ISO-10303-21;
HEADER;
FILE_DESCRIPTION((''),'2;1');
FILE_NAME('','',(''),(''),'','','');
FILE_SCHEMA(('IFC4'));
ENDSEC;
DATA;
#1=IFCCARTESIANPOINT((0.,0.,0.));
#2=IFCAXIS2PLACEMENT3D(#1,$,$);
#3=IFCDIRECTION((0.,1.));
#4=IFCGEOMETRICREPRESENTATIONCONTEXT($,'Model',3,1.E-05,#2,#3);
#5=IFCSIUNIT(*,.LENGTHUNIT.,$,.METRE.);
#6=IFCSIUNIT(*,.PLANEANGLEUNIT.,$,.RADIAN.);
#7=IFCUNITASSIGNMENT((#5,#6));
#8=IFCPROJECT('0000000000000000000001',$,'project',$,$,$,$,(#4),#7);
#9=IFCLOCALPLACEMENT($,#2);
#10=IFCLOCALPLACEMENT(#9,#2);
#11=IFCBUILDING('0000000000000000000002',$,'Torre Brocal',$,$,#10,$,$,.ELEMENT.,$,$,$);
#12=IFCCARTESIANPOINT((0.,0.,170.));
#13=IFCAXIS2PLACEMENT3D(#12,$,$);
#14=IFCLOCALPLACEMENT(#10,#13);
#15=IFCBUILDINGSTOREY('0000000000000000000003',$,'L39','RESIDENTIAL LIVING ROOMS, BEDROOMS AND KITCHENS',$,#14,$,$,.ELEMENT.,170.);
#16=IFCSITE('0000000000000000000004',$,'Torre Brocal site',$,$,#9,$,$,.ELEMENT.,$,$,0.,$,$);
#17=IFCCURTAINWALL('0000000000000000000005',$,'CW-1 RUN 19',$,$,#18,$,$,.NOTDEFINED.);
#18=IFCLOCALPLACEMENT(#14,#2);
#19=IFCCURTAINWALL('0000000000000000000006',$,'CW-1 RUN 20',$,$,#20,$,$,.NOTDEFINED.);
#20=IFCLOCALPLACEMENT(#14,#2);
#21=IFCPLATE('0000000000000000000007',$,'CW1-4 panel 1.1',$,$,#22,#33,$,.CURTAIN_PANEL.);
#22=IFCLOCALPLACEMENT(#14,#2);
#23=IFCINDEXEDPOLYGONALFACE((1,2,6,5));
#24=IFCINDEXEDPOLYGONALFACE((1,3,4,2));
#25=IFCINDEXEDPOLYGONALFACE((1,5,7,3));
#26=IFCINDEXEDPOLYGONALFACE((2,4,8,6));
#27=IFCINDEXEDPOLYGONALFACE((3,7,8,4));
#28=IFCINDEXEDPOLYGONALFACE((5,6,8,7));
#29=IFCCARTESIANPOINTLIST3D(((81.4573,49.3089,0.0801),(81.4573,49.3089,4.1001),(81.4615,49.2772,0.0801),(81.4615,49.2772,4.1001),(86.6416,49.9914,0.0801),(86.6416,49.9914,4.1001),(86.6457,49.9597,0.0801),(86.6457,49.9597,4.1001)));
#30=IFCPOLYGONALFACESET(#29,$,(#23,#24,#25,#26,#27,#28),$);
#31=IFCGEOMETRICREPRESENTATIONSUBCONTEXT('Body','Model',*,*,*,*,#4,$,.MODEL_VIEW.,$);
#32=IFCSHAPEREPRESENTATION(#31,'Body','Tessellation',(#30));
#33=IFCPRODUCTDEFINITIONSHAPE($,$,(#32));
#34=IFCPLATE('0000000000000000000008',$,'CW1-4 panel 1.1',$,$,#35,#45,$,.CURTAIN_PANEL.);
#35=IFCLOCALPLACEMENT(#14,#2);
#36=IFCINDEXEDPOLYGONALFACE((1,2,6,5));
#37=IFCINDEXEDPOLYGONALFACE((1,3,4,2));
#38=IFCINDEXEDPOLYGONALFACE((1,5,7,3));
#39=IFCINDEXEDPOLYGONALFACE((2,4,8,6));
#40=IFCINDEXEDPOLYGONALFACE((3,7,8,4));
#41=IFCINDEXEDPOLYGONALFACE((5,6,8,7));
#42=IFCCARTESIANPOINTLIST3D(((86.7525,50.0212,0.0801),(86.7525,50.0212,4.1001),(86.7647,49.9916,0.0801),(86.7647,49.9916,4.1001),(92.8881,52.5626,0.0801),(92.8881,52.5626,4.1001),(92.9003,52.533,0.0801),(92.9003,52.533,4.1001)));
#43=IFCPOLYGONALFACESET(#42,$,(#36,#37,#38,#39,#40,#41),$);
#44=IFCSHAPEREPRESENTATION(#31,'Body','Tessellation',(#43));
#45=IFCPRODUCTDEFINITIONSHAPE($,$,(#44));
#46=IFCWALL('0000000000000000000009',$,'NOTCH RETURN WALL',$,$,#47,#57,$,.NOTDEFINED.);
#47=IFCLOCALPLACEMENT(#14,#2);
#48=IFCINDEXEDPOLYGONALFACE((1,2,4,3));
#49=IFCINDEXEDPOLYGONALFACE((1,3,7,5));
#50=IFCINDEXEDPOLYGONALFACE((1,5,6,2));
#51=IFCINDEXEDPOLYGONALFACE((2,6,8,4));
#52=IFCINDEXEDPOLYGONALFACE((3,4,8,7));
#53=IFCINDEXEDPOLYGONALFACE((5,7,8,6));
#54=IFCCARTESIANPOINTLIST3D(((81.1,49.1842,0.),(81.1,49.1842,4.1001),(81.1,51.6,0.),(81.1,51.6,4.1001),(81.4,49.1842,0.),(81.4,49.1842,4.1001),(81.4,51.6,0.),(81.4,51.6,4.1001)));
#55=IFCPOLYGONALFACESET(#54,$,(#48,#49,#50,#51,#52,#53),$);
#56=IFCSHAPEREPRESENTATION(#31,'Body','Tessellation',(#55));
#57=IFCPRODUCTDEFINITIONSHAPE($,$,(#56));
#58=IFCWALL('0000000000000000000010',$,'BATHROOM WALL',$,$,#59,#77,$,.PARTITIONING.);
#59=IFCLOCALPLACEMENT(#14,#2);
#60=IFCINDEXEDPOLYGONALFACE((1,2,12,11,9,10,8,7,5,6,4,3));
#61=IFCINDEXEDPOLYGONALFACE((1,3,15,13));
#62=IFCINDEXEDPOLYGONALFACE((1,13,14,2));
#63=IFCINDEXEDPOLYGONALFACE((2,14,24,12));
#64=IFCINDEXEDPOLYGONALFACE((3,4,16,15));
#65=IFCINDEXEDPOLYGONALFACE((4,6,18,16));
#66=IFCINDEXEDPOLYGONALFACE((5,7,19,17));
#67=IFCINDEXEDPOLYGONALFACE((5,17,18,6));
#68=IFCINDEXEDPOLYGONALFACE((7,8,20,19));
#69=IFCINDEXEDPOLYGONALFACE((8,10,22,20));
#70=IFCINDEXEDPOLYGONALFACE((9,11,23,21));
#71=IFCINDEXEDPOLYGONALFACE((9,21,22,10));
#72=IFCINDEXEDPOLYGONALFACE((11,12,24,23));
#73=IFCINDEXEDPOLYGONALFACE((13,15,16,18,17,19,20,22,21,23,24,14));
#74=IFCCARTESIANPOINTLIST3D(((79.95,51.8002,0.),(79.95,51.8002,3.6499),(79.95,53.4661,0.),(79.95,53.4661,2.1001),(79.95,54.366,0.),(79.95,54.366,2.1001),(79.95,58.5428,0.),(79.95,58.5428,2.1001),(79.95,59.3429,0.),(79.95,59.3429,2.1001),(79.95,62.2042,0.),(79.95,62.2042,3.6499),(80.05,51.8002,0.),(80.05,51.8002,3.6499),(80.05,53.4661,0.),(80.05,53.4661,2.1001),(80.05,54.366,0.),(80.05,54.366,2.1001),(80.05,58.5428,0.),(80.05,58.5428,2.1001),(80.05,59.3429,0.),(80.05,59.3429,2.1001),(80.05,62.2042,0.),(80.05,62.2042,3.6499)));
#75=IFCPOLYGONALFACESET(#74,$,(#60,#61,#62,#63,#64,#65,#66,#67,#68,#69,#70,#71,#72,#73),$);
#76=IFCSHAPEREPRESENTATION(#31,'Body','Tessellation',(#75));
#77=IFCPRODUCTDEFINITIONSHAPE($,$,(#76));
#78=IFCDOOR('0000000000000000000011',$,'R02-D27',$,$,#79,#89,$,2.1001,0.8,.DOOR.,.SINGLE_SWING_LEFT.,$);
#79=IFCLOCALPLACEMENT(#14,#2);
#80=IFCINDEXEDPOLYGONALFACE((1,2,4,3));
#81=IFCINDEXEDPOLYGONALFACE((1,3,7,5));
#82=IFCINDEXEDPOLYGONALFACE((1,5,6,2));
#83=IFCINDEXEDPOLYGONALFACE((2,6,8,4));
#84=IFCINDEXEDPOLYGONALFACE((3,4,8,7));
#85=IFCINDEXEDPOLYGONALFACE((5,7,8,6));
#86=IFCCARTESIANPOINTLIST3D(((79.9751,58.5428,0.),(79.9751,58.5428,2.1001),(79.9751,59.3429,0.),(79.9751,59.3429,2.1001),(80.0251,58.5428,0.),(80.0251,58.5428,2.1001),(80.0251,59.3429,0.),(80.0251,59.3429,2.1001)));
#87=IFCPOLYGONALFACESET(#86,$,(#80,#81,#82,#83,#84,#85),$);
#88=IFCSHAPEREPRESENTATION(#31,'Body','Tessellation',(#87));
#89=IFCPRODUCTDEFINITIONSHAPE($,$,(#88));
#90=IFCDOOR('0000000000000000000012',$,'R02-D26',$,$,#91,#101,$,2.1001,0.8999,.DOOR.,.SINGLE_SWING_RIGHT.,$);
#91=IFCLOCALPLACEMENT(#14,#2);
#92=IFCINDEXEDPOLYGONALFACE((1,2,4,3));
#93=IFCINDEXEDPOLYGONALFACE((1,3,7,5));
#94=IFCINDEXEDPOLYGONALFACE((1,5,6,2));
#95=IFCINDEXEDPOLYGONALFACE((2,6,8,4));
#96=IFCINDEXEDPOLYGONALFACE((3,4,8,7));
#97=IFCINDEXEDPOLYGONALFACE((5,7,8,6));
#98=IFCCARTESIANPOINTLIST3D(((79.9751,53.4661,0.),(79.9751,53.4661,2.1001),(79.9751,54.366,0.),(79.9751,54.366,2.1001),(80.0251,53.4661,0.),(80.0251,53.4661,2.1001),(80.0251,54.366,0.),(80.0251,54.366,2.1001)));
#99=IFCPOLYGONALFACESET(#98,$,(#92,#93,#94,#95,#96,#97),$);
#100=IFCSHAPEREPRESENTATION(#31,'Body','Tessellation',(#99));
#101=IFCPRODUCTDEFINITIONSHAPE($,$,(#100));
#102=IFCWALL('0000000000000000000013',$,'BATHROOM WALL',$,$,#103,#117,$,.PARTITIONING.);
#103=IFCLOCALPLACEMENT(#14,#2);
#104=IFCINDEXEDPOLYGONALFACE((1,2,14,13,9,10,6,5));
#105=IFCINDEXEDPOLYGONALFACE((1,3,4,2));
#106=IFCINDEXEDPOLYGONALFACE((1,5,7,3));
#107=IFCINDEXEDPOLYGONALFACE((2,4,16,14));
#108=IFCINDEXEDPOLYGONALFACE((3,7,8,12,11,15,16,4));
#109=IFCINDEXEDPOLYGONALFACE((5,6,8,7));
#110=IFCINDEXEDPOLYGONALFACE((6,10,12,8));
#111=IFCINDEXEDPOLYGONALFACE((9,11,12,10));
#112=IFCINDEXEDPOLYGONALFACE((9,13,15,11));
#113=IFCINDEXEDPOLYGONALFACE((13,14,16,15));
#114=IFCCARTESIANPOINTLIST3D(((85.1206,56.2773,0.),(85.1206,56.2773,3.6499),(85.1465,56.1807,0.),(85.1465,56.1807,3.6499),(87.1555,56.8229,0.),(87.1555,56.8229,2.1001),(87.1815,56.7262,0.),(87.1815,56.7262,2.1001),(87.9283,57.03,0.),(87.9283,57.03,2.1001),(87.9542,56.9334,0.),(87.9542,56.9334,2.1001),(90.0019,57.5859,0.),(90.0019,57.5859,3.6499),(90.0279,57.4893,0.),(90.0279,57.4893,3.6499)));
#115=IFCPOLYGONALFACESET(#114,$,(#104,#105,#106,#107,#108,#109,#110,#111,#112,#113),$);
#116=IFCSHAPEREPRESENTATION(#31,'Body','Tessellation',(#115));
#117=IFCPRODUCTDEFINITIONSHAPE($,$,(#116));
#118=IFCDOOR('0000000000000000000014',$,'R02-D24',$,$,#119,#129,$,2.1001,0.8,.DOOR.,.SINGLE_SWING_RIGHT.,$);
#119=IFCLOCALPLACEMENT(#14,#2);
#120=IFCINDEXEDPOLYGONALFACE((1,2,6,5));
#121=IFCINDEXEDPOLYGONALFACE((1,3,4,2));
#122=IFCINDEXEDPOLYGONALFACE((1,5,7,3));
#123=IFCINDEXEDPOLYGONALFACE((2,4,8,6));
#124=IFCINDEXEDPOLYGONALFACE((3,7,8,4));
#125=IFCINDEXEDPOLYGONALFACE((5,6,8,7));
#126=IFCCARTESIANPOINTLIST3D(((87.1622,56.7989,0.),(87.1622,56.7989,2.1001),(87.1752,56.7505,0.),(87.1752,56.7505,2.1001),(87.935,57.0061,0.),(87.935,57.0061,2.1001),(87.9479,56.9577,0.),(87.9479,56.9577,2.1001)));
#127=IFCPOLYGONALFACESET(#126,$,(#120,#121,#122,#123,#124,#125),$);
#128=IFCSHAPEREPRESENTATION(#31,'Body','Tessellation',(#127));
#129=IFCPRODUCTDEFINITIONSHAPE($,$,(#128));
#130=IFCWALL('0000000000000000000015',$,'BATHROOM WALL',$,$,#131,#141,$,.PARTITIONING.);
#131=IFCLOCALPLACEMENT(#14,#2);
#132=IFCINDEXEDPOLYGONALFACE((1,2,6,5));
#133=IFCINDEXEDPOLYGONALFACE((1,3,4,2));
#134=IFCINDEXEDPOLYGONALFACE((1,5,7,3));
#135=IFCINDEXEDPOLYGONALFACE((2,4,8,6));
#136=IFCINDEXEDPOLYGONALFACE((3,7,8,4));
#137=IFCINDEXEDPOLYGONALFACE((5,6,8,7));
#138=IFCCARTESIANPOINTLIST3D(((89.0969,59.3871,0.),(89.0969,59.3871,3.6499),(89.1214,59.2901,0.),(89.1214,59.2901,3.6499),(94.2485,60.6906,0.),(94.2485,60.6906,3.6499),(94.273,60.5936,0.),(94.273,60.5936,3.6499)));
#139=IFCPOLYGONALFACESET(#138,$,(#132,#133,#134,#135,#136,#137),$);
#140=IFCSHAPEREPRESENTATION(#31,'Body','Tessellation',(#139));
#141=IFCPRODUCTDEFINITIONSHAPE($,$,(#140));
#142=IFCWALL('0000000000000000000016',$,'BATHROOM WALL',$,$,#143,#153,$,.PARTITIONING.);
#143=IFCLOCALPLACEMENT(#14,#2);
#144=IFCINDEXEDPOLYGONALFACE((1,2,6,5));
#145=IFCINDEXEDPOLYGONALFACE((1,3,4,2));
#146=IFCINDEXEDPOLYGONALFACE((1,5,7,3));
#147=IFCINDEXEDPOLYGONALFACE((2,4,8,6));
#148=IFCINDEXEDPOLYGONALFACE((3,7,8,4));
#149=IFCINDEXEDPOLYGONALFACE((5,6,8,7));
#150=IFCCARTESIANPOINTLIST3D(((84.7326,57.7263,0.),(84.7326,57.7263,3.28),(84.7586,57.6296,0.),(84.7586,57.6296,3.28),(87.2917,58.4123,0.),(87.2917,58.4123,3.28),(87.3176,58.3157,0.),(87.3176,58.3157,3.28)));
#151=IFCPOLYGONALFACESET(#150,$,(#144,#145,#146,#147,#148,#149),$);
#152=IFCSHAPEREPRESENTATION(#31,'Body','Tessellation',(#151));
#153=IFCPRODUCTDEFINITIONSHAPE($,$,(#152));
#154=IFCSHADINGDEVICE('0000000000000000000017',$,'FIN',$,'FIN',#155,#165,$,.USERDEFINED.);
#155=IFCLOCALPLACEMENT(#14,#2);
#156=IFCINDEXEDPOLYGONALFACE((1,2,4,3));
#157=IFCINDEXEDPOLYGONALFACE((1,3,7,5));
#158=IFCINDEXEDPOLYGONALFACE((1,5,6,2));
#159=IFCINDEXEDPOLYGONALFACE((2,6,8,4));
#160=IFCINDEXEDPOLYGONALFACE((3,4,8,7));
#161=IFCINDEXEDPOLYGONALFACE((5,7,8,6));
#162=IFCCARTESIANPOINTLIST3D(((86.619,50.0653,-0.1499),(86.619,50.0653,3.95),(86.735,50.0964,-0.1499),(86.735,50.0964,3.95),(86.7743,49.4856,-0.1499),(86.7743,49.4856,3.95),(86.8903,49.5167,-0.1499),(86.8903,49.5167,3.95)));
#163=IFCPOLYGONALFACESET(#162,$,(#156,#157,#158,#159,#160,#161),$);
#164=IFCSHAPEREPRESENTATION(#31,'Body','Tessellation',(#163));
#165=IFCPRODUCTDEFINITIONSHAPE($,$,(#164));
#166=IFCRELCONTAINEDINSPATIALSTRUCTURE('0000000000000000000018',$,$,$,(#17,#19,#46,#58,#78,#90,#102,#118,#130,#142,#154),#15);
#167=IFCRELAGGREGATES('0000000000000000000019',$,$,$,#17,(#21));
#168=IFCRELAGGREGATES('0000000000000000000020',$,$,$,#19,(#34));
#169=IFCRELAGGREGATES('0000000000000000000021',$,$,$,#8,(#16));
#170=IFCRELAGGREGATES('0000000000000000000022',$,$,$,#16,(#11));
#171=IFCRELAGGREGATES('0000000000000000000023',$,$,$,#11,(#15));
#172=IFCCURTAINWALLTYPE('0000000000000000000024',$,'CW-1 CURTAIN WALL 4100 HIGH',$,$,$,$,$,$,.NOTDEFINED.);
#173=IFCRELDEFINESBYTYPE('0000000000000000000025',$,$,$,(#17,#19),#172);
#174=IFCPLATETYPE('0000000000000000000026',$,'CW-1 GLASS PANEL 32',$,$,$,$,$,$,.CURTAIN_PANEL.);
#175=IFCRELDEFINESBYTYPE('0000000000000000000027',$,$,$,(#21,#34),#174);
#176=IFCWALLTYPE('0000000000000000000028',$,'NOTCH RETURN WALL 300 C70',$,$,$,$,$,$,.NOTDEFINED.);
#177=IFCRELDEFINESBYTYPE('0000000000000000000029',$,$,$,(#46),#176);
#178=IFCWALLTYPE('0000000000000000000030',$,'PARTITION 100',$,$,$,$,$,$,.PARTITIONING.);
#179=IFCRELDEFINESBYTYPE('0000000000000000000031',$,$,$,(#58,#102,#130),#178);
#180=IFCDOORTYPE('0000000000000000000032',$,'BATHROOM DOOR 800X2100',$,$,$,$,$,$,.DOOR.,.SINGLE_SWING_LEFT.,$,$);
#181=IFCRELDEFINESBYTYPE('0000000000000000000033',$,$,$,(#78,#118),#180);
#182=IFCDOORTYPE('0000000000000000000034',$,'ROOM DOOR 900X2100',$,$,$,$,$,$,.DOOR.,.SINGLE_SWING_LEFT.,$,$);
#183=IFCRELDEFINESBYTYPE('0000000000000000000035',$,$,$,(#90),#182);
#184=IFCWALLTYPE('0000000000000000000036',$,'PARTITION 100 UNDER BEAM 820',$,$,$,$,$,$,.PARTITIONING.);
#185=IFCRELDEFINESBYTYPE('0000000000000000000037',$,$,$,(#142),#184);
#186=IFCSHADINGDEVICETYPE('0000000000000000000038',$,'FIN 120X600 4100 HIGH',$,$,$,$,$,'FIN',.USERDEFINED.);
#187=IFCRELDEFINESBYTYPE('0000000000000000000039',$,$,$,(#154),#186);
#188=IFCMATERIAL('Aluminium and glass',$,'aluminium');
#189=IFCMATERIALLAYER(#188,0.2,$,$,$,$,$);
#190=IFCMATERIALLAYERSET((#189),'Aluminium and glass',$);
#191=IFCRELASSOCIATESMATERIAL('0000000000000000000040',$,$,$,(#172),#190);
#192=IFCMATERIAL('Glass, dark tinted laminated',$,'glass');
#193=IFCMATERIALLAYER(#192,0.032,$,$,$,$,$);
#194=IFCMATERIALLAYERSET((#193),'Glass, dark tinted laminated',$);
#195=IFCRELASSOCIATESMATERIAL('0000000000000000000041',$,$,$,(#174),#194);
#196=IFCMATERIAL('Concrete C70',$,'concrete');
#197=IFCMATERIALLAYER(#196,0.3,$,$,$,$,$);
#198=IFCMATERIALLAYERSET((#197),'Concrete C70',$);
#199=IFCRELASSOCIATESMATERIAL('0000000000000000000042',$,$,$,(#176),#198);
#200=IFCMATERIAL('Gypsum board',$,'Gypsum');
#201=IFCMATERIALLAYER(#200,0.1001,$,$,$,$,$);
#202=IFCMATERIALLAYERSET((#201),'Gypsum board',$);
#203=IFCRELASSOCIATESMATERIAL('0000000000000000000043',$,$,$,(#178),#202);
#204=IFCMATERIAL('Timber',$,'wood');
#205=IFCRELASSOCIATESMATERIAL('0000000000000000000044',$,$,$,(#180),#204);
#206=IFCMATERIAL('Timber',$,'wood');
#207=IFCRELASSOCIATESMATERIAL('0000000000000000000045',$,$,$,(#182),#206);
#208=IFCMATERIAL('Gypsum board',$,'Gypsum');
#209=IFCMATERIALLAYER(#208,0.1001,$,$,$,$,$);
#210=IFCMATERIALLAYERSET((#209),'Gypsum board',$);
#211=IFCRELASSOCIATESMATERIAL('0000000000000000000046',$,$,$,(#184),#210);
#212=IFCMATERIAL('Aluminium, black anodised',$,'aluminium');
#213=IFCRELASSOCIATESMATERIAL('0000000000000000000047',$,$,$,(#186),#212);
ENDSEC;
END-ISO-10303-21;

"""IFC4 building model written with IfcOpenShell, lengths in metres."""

from ifc_helpers import new_model, si_unit, direction, frame, frame_2d, origin, origin_2d, place, context, subcontext, project, spatial, rectangle, extrude, material, layer, layer_set, material_profile, profile_set, type_object, element, fill, aggregate, save


model = new_model("IFC4")

# Units and contexts
model_context = context("Model", 3, precision=1e-05, world=origin(), true_north=direction((0.0, 1.0)))
body_context = subcontext(model_context, "Body", "Model", "MODEL_VIEW")
ifc_project = project(units=[si_unit("LENGTHUNIT", "METRE"), si_unit("PLANEANGLEUNIT", "RADIAN")], contexts=[model_context])

# Site, building, storey
site_placement = place(None, origin())
site = spatial("IfcSite", under=ifc_project, at=site_placement, Name="Torre Brocal site", CompositionType="ELEMENT", RefElevation=0.0)
building_placement = place(site_placement, origin())
building = spatial("IfcBuilding", under=site, at=building_placement, Name="Torre Brocal", CompositionType="ELEMENT")
storey_placement = place(building_placement, frame((0.0, 0.0, 170.0)))
storey = spatial("IfcBuildingStorey", under=building, at=storey_placement, Name="L39", Description="RESIDENTIAL LIVING ROOMS, BEDROOMS AND KITCHENS", CompositionType="ELEMENT", Elevation=170.0)

# Curtain wall
ifc_material_1 = material(Name="Aluminium and glass", Category="aluminium")
ifc_layer_1 = layer(ifc_material_1, 0.2)
ifc_layer_set_1 = layer_set([ifc_layer_1], Name="Aluminium and glass")
curtain_wall_type = type_object("IfcCurtainWallType", Name="CW-1 CURTAIN WALL 4100 HIGH", PredefinedType="NOTDEFINED", material=ifc_layer_set_1)
curtain_wall_1_placement = place(storey_placement, origin())
curtain_wall_1 = element("IfcCurtainWall", 1, at=curtain_wall_1_placement, inside=storey, type_object=curtain_wall_type, Name="CW-1 RUN 19", PredefinedType="NOTDEFINED")

# Curtain wall
curtain_wall_2_placement = place(storey_placement, origin())
curtain_wall_2 = element("IfcCurtainWall", 2, at=curtain_wall_2_placement, inside=storey, type_object=curtain_wall_type, Name="CW-1 RUN 20", PredefinedType="NOTDEFINED")

# Plates
ifc_material_2 = material(Name="Glass, dark tinted laminated", Category="glass")
ifc_layer_2 = layer(ifc_material_2, 0.032)
ifc_layer_set_2 = layer_set([ifc_layer_2], Name="Glass, dark tinted laminated")
plate_type = type_object("IfcPlateType", Name="CW-1 GLASS PANEL 32", PredefinedType="CURTAIN_PANEL", material=ifc_layer_set_2)
plate_1_placement = place(storey_placement, frame((84.0515, 49.6343, 0.0801), z_axis=(0.0, 0.0, 1.0), x_axis=(0.991445, 0.130526, 0.0)))
plate_1 = element("IfcPlate", 3, at=plate_1_placement, type_object=plate_type, Name="CW1-4 panel 1.1", PredefinedType="CURTAIN_PANEL", context=body_context, shape_type="SweptSolid", body=[
    extrude(rectangle(XDim=5.229, YDim=0.032, at=origin_2d()), origin(), (0.0, 0.0, 1.0), 4.02),
])
aggregate(curtain_wall_1, [plate_1])
plate_2_placement = place(storey_placement, frame((89.8264, 51.2771, 0.0801), z_axis=(0.0, 0.0, 1.0), x_axis=(0.92388, 0.382683, 0.0)))
plate_2 = element("IfcPlate", 4, at=plate_2_placement, type_object=plate_type, Name="CW1-4 panel 1.1", PredefinedType="CURTAIN_PANEL", context=body_context, shape_type="SweptSolid", body=[
    extrude(rectangle(XDim=6.6411, YDim=0.032, at=origin_2d()), origin(), (0.0, 0.0, 1.0), 4.02),
])
aggregate(curtain_wall_2, [plate_2])

# Wall
ifc_material_3 = material(Name="Concrete C70", Category="concrete")
ifc_layer_3 = layer(ifc_material_3, 0.3)
ifc_layer_set_3 = layer_set([ifc_layer_3], Name="Concrete C70")
wall_type_1 = type_object("IfcWallType", Name="NOTCH RETURN WALL 300 C70", PredefinedType="NOTDEFINED", material=ifc_layer_set_3)
wall_1_placement = place(storey_placement, frame((81.25, 51.6001, 0.0), z_axis=(0.0, 0.0, 1.0), x_axis=(0.0, -1.0, 0.0)))
element("IfcWall", 5, at=wall_1_placement, inside=storey, type_object=wall_type_1, Name="NOTCH RETURN WALL", PredefinedType="NOTDEFINED", context=body_context, shape_type="SweptSolid", body=[
    extrude(rectangle(XDim=2.4158, YDim=0.3, at=frame_2d((1.208, 0.0))), origin(), (0.0, 0.0, 1.0), 4.1001),
])

# Wall, openings, doors
ifc_material_4 = material(Name="Gypsum board", Category="Gypsum")
ifc_layer_4 = layer(ifc_material_4, 0.1001)
ifc_layer_set_4 = layer_set([ifc_layer_4], Name="Gypsum board")
wall_type_2 = type_object("IfcWallType", Name="PARTITION 100", PredefinedType="PARTITIONING", material=ifc_layer_set_4)
wall_2_placement = place(storey_placement, frame((80.0, 51.8, 0.0), z_axis=(0.0, 0.0, 1.0), x_axis=(0.0, 1.0, 0.0)))
wall_2 = element("IfcWall", 6, at=wall_2_placement, inside=storey, type_object=wall_type_2, Name="BATHROOM WALL", PredefinedType="PARTITIONING", context=body_context, shape_type="SweptSolid", body=[
    extrude(rectangle(XDim=10.4041, YDim=0.1001, at=frame_2d((5.2021, 0.0))), origin(), (0.0, 0.0, 1.0), 3.6499),
])
opening_1_placement = place(wall_2_placement, frame((1.666, 0.0, 0.0)))
opening_1 = element("IfcOpeningElement", 7, at=opening_1_placement, cuts=wall_2, PredefinedType="OPENING", context=body_context, shape_type="SweptSolid", body=[
    extrude(rectangle(XDim=0.8999, YDim=2.1001, at=frame_2d((0.45, 1.05))), frame((0.0, 0.0601, 0.0), z_axis=(0.0, -1.0, 0.0), x_axis=(1.0, 0.0, 0.0)), (0.0, 0.0, 1.0), 0.1201),
])
opening_2_placement = place(wall_2_placement, frame((6.7429, 0.0, 0.0)))
opening_2 = element("IfcOpeningElement", 8, at=opening_2_placement, cuts=wall_2, PredefinedType="OPENING", context=body_context, shape_type="SweptSolid", body=[
    extrude(rectangle(XDim=0.8, YDim=2.1001, at=frame_2d((0.3999, 1.05))), frame((0.0, 0.0601, 0.0), z_axis=(0.0, -1.0, 0.0), x_axis=(1.0, 0.0, 0.0)), (0.0, 0.0, 1.0), 0.1201),
])
ifc_material_5 = material(Name="Timber", Category="wood")
door_type_1 = type_object("IfcDoorType", Name="BATHROOM DOOR 800X2100", OperationType="SINGLE_SWING_LEFT", PredefinedType="DOOR", material=ifc_material_5)
door_1_placement = place(opening_2_placement, origin())
door_1 = element("IfcDoor", 9, at=door_1_placement, inside=storey, type_object=door_type_1, Name="R02-D27", OperationType="SINGLE_SWING_LEFT", OverallHeight=2.1001, OverallWidth=0.8, PredefinedType="DOOR", context=body_context, shape_type="SweptSolid", body=[
    extrude(rectangle(XDim=0.8, YDim=2.1001, at=frame_2d((0.3999, 1.05))), frame((0.0, 0.0249, 0.0), z_axis=(0.0, -1.0, 0.0), x_axis=(1.0, 0.0, 0.0)), (0.0, 0.0, 1.0), 0.05),
])
fill(opening_2, door_1)
ifc_material_6 = material(Name="Timber", Category="wood")
door_type_2 = type_object("IfcDoorType", Name="ROOM DOOR 900X2100", OperationType="SINGLE_SWING_LEFT", PredefinedType="DOOR", material=ifc_material_6)
door_2_placement = place(opening_1_placement, origin())
door_2 = element("IfcDoor", 10, at=door_2_placement, inside=storey, type_object=door_type_2, Name="R02-D26", OperationType="SINGLE_SWING_RIGHT", OverallHeight=2.1001, OverallWidth=0.8999, PredefinedType="DOOR", context=body_context, shape_type="SweptSolid", body=[
    extrude(rectangle(XDim=0.8999, YDim=2.1001, at=frame_2d((0.45, 1.05))), frame((0.0, 0.0249, 0.0), z_axis=(0.0, -1.0, 0.0), x_axis=(1.0, 0.0, 0.0)), (0.0, 0.0, 1.0), 0.05),
])
fill(opening_1, door_2)

# Wall, opening, door
wall_3_placement = place(storey_placement, frame((85.1335, 56.229, 0.0), z_axis=(0.0, 0.0, 1.0), x_axis=(0.965894, 0.258937, 0.0)))
wall_3 = element("IfcWall", 11, at=wall_3_placement, inside=storey, type_object=wall_type_2, Name="BATHROOM WALL", PredefinedType="PARTITIONING", context=body_context, shape_type="SweptSolid", body=[
    extrude(rectangle(XDim=5.0537, YDim=0.1001, at=frame_2d((2.5269, 0.0))), origin(), (0.0, 0.0, 1.0), 3.6499),
])
opening_3_placement = place(wall_3_placement, frame((2.1069, 0.0, 0.0)))
opening_3 = element("IfcOpeningElement", 12, at=opening_3_placement, cuts=wall_3, PredefinedType="OPENING", context=body_context, shape_type="SweptSolid", body=[
    extrude(rectangle(XDim=0.8, YDim=2.1001, at=frame_2d((0.3999, 1.05))), frame((0.0, 0.0601, 0.0), z_axis=(0.0, -1.0, 0.0), x_axis=(1.0, 0.0, 0.0)), (0.0, 0.0, 1.0), 0.1201),
])
door_3_placement = place(opening_3_placement, frame((0.8, 0.0, 0.0), z_axis=(0.0, 0.0, 1.0), x_axis=(-1.0, 0.0, 0.0)))
door_3 = element("IfcDoor", 13, at=door_3_placement, inside=storey, type_object=door_type_1, Name="R02-D24", OperationType="SINGLE_SWING_RIGHT", OverallHeight=2.1001, OverallWidth=0.8, PredefinedType="DOOR", context=body_context, shape_type="SweptSolid", body=[
    extrude(rectangle(XDim=0.8, YDim=2.1001, at=frame_2d((0.3999, 1.05))), frame((0.0, 0.0249, 0.0), z_axis=(0.0, -1.0, 0.0), x_axis=(1.0, 0.0, 0.0)), (0.0, 0.0, 1.0), 0.05),
])
fill(opening_3, door_3)

# Walls
wall_4_placement = place(storey_placement, frame((89.1091, 59.3386, 0.0), z_axis=(0.0, 0.0, 1.0), x_axis=(0.969449, 0.245291, 0.0)))
element("IfcWall", 14, at=wall_4_placement, inside=storey, type_object=wall_type_2, Name="BATHROOM WALL", PredefinedType="PARTITIONING", context=body_context, shape_type="SweptSolid", body=[
    extrude(rectangle(XDim=5.314, YDim=0.1001, at=frame_2d((2.657, 0.0))), origin(), (0.0, 0.0, 1.0), 3.6499),
])
ifc_material_7 = material(Name="Gypsum board", Category="Gypsum")
ifc_layer_5 = layer(ifc_material_7, 0.1001)
ifc_layer_set_5 = layer_set([ifc_layer_5], Name="Gypsum board")
wall_type_3 = type_object("IfcWallType", Name="PARTITION 100 UNDER BEAM 820", PredefinedType="PARTITIONING", material=ifc_layer_set_5)
wall_5_placement = place(storey_placement, frame((84.7456, 57.678, 0.0), z_axis=(0.0, 0.0, 1.0), x_axis=(0.965895, 0.258936, 0.0)))
element("IfcWall", 15, at=wall_5_placement, inside=storey, type_object=wall_type_3, Name="BATHROOM WALL", PredefinedType="PARTITIONING", context=body_context, shape_type="SweptSolid", body=[
    extrude(rectangle(XDim=2.6494, YDim=0.1001, at=frame_2d((1.3247, 0.0))), origin(), (0.0, 0.0, 1.0), 3.28),
])

# Shading device
ifc_material_8 = material(Name="Aluminium, black anodised", Category="aluminium")
ifc_material_profile_1 = material_profile(ifc_material_8, rectangle(XDim=0.1201, YDim=0.6001, at=origin_2d()), Name="FIN 120X600 4100 HIGH")
ifc_profile_set_1 = profile_set([ifc_material_profile_1], Name="Aluminium, black anodised")
shading_device_type = type_object("IfcShadingDeviceType", Name="FIN 120X600 4100 HIGH", ElementType="FIN", PredefinedType="USERDEFINED", material=ifc_profile_set_1)
shading_device_placement = place(storey_placement, frame((86.7546, 49.791, -0.1499), z_axis=(0.0, 0.0, 1.0), x_axis=(0.965926, 0.258819, 0.0)))
element("IfcShadingDevice", 16, at=shading_device_placement, inside=storey, type_object=shading_device_type, Name="FIN", ObjectType="FIN", PredefinedType="USERDEFINED", context=body_context, shape_type="SweptSolid", body=[
    extrude(rectangle(XDim=0.1201, YDim=0.6001, at=origin_2d()), origin(), (0.0, 0.0, 1.0), 4.0999),
])

save(model, "model.ifc")
